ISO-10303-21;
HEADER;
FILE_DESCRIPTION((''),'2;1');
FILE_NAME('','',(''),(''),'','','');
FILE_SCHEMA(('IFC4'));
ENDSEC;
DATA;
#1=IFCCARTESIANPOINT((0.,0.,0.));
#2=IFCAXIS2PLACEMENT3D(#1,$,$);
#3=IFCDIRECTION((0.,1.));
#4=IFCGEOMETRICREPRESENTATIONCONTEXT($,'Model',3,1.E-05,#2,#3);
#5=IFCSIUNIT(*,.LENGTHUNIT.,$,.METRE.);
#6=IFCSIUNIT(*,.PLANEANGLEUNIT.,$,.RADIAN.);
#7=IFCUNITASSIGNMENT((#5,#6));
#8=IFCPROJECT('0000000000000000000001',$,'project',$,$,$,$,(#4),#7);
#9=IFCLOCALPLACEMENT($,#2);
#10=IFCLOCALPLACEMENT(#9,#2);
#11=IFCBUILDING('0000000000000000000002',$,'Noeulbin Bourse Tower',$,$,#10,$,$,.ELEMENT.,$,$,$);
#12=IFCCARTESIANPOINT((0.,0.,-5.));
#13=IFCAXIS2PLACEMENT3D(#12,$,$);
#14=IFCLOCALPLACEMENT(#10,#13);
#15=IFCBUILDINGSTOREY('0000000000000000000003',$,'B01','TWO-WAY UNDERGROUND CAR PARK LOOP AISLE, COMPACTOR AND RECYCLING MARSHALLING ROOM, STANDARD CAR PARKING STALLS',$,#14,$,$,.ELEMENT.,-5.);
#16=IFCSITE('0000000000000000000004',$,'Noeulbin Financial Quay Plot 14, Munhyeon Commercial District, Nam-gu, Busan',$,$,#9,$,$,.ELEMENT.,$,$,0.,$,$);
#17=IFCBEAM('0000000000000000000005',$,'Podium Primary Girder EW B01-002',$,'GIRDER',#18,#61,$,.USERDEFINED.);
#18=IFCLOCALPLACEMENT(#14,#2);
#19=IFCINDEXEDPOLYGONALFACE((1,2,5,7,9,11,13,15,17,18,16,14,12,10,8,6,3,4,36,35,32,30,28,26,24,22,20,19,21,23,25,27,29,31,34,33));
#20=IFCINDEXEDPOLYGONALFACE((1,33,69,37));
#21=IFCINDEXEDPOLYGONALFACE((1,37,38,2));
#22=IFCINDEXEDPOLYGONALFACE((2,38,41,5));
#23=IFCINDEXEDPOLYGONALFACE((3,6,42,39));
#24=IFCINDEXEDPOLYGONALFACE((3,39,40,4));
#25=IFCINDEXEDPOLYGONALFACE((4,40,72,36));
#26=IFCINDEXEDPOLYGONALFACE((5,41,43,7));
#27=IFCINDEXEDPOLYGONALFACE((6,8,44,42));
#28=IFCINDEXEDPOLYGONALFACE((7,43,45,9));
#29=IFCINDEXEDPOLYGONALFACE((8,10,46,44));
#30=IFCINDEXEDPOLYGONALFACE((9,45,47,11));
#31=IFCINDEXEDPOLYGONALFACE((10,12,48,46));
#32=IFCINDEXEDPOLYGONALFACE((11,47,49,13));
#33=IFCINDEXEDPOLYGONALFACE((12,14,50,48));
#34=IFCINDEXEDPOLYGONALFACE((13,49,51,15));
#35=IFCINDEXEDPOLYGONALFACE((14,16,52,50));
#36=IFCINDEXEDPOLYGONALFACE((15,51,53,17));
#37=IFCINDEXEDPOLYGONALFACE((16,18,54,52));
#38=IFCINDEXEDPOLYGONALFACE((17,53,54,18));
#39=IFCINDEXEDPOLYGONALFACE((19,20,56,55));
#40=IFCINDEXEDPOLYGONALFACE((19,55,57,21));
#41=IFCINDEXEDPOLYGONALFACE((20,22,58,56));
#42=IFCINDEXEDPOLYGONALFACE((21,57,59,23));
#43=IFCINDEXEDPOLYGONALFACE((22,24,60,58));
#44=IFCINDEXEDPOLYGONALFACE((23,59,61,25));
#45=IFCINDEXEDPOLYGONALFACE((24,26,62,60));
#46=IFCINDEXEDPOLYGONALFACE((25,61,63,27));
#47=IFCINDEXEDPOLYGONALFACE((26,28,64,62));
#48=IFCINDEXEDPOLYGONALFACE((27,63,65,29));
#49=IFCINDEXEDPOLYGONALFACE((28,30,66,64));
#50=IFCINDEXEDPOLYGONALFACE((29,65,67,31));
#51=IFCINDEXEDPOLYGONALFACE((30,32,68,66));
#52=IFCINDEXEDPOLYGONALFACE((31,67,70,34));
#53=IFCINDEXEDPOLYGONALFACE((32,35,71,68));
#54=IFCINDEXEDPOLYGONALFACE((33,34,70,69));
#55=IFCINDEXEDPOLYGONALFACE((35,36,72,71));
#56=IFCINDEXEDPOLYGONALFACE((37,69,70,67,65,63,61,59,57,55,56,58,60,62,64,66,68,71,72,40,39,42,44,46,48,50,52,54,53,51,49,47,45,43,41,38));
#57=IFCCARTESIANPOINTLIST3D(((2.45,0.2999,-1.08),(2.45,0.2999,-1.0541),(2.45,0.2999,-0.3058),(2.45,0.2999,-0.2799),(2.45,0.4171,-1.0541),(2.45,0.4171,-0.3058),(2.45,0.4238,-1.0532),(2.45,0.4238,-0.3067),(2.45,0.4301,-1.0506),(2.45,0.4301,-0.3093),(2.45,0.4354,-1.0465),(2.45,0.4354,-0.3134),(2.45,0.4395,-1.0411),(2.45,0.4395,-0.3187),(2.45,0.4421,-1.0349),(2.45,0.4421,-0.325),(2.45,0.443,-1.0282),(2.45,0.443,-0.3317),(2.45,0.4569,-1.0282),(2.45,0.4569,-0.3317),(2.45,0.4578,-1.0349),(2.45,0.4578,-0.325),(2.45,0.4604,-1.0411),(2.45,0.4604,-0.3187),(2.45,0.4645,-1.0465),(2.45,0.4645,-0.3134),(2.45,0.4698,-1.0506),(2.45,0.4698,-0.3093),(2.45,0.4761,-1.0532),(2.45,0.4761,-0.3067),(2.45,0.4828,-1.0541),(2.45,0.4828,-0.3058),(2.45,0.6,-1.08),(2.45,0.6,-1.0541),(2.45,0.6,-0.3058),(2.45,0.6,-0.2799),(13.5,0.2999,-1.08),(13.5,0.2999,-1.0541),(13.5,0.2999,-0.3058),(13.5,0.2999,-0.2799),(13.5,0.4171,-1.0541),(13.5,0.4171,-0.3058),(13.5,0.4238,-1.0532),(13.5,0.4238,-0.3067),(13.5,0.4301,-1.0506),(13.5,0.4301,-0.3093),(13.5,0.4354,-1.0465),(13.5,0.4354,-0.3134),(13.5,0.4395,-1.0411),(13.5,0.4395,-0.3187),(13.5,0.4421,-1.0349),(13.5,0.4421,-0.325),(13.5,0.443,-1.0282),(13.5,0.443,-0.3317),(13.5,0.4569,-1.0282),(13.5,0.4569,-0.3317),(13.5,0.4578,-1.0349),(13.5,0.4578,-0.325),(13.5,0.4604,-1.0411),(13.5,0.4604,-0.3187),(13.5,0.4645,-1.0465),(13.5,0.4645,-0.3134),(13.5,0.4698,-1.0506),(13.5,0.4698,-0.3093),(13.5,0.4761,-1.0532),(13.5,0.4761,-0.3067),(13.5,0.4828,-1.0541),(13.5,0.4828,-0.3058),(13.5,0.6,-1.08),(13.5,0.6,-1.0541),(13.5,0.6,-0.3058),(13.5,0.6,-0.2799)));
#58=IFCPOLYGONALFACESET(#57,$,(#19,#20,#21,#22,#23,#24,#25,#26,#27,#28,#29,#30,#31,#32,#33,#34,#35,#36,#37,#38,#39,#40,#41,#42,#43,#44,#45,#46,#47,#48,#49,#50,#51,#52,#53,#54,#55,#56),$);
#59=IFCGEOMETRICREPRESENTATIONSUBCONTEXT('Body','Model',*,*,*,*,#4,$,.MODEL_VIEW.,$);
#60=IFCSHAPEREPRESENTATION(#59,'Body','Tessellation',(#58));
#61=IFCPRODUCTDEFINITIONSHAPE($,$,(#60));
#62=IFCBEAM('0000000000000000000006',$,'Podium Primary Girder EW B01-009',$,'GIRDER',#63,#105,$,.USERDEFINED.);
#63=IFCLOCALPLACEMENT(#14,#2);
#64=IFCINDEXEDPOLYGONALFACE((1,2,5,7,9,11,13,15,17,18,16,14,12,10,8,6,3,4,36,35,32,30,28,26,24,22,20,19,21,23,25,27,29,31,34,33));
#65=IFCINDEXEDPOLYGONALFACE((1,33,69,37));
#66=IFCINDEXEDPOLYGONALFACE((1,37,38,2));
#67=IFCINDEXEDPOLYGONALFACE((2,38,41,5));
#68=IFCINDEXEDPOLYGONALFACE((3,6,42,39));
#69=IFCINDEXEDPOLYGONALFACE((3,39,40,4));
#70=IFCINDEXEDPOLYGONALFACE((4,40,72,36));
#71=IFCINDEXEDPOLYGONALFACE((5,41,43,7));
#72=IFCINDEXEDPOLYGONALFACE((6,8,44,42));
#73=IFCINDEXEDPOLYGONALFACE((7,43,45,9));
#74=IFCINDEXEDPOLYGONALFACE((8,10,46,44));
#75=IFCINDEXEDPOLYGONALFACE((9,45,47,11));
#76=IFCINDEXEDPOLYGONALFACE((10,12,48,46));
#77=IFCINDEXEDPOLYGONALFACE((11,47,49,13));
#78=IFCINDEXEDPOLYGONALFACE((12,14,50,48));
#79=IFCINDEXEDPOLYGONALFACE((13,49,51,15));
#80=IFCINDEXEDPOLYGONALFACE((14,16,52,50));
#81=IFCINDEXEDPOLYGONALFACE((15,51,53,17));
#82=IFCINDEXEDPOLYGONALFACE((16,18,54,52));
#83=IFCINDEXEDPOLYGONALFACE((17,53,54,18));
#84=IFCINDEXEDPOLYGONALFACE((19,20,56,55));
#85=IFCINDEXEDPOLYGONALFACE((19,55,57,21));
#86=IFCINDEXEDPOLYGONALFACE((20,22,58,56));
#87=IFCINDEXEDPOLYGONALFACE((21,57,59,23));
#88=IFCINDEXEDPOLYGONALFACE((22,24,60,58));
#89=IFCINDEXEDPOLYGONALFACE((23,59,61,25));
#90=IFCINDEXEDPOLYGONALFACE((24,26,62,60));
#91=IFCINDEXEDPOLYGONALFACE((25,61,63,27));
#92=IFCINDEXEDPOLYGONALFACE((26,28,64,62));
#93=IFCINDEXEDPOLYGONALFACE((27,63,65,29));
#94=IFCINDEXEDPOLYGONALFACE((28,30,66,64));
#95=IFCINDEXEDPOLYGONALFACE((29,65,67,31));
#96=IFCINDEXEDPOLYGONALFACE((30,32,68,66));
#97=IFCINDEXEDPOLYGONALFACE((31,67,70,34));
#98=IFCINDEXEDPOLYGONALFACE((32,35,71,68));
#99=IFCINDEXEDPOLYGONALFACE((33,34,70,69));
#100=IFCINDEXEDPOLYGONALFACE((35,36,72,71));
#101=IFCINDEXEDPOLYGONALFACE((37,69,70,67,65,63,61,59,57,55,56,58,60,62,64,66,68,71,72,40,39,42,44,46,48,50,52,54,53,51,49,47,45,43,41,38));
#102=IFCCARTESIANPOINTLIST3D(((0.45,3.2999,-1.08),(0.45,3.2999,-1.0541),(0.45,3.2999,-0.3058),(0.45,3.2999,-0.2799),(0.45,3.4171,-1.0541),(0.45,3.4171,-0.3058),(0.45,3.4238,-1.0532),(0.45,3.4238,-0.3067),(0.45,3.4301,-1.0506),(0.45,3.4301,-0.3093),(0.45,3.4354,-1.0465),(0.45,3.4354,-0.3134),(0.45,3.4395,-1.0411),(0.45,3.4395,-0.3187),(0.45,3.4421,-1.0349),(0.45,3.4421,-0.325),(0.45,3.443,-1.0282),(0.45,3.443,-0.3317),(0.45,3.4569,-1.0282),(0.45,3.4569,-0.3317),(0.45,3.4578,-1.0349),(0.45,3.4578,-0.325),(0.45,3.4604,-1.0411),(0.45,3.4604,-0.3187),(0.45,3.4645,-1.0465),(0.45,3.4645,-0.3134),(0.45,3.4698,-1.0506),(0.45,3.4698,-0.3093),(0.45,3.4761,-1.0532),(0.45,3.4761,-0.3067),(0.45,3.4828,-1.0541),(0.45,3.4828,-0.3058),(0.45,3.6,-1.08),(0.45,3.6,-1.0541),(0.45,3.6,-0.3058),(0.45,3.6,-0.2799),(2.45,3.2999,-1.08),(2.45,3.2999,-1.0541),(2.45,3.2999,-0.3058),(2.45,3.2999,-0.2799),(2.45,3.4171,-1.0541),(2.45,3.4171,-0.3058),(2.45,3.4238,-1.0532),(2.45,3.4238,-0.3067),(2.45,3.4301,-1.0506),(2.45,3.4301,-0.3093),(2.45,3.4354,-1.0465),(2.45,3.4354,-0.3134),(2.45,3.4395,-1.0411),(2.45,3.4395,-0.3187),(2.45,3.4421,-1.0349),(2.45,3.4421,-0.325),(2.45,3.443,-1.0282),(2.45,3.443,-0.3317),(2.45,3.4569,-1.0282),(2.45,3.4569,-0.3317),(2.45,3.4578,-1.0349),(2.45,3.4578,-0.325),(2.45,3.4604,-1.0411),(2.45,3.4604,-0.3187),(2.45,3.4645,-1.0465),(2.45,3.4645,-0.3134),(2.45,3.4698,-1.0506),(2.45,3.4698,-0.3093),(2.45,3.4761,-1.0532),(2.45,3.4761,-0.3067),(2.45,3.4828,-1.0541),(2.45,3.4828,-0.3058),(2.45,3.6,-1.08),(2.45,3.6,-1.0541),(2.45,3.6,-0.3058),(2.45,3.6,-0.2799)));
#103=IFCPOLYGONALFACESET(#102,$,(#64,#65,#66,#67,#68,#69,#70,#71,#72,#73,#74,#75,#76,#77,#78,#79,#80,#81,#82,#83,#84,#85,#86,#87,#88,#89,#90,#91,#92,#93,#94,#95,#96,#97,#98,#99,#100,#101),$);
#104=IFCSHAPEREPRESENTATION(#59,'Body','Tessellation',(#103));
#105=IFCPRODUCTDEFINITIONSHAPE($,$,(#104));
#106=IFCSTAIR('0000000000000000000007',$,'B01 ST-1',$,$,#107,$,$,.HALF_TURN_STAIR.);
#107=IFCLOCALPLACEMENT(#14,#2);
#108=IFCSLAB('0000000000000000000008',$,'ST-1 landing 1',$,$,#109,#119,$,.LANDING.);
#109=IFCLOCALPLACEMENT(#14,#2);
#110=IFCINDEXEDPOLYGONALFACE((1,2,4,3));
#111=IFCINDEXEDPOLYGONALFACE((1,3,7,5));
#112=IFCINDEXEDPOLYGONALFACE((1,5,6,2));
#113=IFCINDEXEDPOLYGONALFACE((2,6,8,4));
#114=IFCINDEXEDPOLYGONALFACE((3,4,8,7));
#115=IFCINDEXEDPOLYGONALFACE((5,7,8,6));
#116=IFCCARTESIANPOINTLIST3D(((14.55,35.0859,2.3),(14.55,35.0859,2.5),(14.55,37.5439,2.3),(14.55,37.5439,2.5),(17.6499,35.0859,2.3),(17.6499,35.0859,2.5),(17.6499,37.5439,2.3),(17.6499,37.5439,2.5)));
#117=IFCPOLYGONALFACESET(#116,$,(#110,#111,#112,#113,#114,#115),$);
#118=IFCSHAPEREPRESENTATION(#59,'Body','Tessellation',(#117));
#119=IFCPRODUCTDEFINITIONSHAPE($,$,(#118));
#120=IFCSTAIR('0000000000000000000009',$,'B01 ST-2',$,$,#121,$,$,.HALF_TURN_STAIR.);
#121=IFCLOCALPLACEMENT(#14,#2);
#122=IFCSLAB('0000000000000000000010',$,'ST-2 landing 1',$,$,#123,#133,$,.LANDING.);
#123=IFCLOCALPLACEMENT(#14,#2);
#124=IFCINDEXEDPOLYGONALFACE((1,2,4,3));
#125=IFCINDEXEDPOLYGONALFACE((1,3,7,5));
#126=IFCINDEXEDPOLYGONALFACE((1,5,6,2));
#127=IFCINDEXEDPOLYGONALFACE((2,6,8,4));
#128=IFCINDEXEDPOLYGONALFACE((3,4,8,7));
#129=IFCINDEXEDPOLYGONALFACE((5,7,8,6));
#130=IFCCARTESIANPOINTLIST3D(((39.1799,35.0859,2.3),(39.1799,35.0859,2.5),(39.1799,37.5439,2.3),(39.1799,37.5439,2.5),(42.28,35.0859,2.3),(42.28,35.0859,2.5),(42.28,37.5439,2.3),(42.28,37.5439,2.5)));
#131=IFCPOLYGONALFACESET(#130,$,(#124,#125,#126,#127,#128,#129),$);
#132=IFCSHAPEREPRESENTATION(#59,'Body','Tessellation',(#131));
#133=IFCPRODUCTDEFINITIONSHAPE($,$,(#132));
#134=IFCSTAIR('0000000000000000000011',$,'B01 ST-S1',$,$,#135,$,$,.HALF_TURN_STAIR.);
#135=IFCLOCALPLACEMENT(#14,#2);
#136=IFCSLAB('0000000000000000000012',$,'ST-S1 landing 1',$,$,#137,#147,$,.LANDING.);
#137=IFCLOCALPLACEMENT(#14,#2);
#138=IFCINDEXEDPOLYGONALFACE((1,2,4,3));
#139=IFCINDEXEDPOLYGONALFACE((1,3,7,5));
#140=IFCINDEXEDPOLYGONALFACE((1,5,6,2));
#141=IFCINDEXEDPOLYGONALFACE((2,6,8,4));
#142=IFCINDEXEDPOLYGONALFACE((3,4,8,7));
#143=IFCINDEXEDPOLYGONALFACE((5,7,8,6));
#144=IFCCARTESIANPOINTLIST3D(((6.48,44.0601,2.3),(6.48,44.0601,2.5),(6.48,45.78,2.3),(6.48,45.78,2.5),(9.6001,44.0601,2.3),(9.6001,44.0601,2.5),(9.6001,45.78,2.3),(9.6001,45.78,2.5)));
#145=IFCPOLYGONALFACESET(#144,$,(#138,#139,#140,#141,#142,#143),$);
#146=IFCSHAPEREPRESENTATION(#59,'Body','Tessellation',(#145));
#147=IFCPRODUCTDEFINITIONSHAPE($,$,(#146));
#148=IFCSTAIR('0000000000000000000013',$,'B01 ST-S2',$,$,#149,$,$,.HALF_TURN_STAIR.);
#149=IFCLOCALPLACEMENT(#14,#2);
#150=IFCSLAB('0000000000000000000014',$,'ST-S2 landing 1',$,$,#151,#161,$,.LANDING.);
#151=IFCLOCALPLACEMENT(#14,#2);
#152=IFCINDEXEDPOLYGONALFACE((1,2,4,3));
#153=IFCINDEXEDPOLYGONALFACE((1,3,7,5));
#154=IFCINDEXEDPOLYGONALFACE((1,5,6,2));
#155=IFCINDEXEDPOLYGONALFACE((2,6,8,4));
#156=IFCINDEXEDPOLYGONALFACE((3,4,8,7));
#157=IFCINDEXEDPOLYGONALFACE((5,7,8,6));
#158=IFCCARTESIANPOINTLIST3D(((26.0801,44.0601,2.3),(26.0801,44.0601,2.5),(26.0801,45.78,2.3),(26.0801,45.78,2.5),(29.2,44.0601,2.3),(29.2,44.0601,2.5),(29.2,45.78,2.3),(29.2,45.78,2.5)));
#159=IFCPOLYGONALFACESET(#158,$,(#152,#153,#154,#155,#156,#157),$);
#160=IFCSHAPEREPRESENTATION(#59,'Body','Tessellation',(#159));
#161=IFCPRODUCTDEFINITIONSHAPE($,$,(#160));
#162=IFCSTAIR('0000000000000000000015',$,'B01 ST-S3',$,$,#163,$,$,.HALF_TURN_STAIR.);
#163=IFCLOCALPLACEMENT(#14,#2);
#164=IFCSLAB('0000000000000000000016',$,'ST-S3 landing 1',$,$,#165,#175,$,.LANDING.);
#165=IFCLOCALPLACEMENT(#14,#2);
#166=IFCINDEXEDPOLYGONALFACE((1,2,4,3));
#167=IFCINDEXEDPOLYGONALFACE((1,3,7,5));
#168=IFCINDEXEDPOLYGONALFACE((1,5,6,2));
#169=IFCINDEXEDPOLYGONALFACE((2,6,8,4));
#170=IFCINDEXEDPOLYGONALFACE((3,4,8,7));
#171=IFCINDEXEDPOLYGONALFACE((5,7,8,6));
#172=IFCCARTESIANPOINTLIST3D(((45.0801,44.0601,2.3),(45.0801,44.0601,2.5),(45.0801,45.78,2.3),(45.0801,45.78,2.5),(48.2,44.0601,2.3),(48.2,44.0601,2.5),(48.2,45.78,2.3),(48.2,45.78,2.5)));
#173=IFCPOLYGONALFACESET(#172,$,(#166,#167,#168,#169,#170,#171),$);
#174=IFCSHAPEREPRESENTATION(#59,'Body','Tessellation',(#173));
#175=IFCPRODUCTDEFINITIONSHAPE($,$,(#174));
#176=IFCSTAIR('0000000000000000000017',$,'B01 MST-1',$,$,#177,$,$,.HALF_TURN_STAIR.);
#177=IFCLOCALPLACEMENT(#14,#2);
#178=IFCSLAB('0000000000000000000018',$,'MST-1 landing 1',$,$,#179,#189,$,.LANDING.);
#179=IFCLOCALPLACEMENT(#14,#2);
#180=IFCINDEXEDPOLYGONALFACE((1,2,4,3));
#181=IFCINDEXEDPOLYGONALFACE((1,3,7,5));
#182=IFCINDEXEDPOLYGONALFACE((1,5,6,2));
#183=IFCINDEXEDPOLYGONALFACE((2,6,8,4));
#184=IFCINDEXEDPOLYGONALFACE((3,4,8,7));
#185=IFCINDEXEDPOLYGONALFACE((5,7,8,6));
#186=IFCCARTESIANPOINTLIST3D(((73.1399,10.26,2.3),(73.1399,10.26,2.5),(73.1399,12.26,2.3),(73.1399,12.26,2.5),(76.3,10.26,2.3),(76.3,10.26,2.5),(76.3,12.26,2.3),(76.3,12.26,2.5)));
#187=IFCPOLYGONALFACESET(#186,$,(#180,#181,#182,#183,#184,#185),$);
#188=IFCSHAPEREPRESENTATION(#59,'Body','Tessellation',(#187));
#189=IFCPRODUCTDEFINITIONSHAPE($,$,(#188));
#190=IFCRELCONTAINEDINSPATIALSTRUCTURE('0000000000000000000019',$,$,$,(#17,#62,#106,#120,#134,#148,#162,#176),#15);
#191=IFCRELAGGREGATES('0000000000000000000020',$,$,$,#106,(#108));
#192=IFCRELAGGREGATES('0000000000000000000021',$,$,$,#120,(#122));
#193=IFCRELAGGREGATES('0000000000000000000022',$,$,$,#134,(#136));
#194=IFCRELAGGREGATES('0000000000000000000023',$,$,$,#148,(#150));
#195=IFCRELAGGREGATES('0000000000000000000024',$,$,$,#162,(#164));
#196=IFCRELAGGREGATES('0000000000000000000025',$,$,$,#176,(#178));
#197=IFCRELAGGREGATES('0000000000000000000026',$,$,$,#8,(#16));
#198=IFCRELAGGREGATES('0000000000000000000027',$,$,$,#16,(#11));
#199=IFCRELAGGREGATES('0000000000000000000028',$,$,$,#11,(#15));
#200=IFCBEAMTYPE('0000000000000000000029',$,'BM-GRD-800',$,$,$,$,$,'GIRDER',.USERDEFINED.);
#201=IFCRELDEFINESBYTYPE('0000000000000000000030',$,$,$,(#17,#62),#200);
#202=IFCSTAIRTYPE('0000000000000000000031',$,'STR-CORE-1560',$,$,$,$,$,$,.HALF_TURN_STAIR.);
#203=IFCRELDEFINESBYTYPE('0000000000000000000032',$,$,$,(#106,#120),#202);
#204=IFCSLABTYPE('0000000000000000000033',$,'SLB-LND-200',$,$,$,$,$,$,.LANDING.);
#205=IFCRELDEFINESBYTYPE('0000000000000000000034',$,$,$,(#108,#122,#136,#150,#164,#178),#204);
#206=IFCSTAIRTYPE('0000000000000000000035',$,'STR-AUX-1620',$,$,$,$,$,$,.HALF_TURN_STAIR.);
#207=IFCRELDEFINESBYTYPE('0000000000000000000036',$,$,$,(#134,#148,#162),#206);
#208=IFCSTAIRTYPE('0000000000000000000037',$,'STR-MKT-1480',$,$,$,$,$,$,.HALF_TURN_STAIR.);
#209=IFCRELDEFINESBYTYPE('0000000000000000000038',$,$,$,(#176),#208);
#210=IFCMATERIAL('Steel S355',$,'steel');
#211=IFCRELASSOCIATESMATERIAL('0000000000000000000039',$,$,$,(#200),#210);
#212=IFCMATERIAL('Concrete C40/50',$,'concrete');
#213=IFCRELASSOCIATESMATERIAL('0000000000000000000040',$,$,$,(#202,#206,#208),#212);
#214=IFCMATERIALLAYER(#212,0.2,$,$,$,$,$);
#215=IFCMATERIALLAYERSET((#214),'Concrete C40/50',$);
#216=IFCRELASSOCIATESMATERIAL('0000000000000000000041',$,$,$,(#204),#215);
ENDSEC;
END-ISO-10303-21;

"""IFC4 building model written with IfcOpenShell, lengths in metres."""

from ifc_helpers import new_model, si_unit, direction, frame, origin, origin_2d, place, context, subcontext, project, spatial, polyline, i_section, outline, extrude, material, layer, layer_set, material_profile, profile_set, type_object, element, aggregate, save


model = new_model("IFC4")

# Units and contexts
model_context = context("Model", 3, precision=1e-05, world=origin(), true_north=direction((0.0, 1.0)))
body_context = subcontext(model_context, "Body", "Model", "MODEL_VIEW")
ifc_project = project(units=[si_unit("LENGTHUNIT", "METRE"), si_unit("PLANEANGLEUNIT", "RADIAN")], contexts=[model_context])

# Site, building, storey
site_placement = place(None, origin())
site = spatial("IfcSite", under=ifc_project, at=site_placement, Name="Noeulbin Financial Quay Plot 14, Munhyeon Commercial District, Nam-gu, Busan", CompositionType="ELEMENT", RefElevation=0.0)
building_placement = place(site_placement, origin())
building = spatial("IfcBuilding", under=site, at=building_placement, Name="Noeulbin Bourse Tower", CompositionType="ELEMENT")
storey_placement = place(building_placement, frame((0.0, 0.0, -5.0)))
storey = spatial("IfcBuildingStorey", under=building, at=storey_placement, Name="B01", Description="TWO-WAY UNDERGROUND CAR PARK LOOP AISLE, COMPACTOR AND RECYCLING MARSHALLING ROOM, STANDARD CAR PARKING STALLS", CompositionType="ELEMENT", Elevation=-5.0)

# Beams
ifc_material_1 = material(Name="Steel S355", Category="steel")
ifc_material_profile_1 = material_profile(ifc_material_1, i_section(OverallWidth=0.3, OverallDepth=0.8, WebThickness=0.0139, FlangeThickness=0.0259, FilletRadius=0.0259, at=origin_2d()), Name="H-800x300x14x26", Category="LoadBearing")
ifc_profile_set_1 = profile_set([ifc_material_profile_1], Name="Steel S355")
beam_type_1 = type_object("IfcBeamType", Name="BM-GRD-800", ElementType="GIRDER", PredefinedType="USERDEFINED", material=ifc_profile_set_1)
beam_1_placement = place(storey_placement, frame((2.45, 0.45, -0.6799), z_axis=(1.0, 0.0, 0.0), x_axis=(0.0, 1.0, 0.0)))
element("IfcBeam", 1, at=beam_1_placement, inside=storey, type_object=beam_type_1, Name="Podium Primary Girder EW B01-002", ObjectType="GIRDER", PredefinedType="USERDEFINED", context=body_context, shape_type="SweptSolid", body=[
    extrude(i_section(OverallWidth=0.3, OverallDepth=0.8, WebThickness=0.0139, FlangeThickness=0.0259, FilletRadius=0.0259, at=origin_2d()), origin(), (0.0, 0.0, 1.0), 11.05),
])
beam_2_placement = place(storey_placement, frame((0.45, 3.45, -0.6799), z_axis=(1.0, 0.0, 0.0), x_axis=(0.0, 1.0, 0.0)))
element("IfcBeam", 2, at=beam_2_placement, inside=storey, type_object=beam_type_1, Name="Podium Primary Girder EW B01-009", ObjectType="GIRDER", PredefinedType="USERDEFINED", context=body_context, shape_type="SweptSolid", body=[
    extrude(i_section(OverallWidth=0.3, OverallDepth=0.8, WebThickness=0.0139, FlangeThickness=0.0259, FilletRadius=0.0259, at=origin_2d()), origin(), (0.0, 0.0, 1.0), 2.0),
])

# Stairs, slabs
ifc_material_2 = material(Name="Concrete C40/50", Category="concrete")
stair_type_1 = type_object("IfcStairType", Name="STR-CORE-1560", PredefinedType="HALF_TURN_STAIR", material=ifc_material_2)
stair_1_placement = place(storey_placement, origin())
stair_1 = element("IfcStair", 3, at=stair_1_placement, inside=storey, type_object=stair_type_1, Name="B01 ST-1", PredefinedType="HALF_TURN_STAIR")
ifc_layer_1 = layer(ifc_material_2, 0.2)
ifc_layer_set_1 = layer_set([ifc_layer_1], Name="Concrete C40/50")
slab_type_1 = type_object("IfcSlabType", Name="SLB-LND-200", PredefinedType="LANDING", material=ifc_layer_set_1)
slab_1_placement = place(storey_placement, frame((0.0, 0.0, 2.3)))
slab_1 = element("IfcSlab", 4, at=slab_1_placement, type_object=slab_type_1, Name="ST-1 landing 1", PredefinedType="LANDING", context=body_context, shape_type="SweptSolid", body=[
    extrude(outline(polyline([(17.6499, 35.0859), (17.6499, 37.5439), (14.55, 37.5439), (14.55, 35.0859), (17.6499, 35.0859)])), origin(), (0.0, 0.0, 1.0), 0.2),
])
aggregate(stair_1, [slab_1])
stair_2_placement = place(storey_placement, origin())
stair_2 = element("IfcStair", 5, at=stair_2_placement, inside=storey, type_object=stair_type_1, Name="B01 ST-2", PredefinedType="HALF_TURN_STAIR")
slab_2_placement = place(storey_placement, frame((0.0, 0.0, 2.3)))
slab_2 = element("IfcSlab", 6, at=slab_2_placement, type_object=slab_type_1, Name="ST-2 landing 1", PredefinedType="LANDING", context=body_context, shape_type="SweptSolid", body=[
    extrude(outline(polyline([(42.28, 35.0859), (42.28, 37.5439), (39.1799, 37.5439), (39.1799, 35.0859), (42.28, 35.0859)])), origin(), (0.0, 0.0, 1.0), 0.2),
])
aggregate(stair_2, [slab_2])
stair_type_2 = type_object("IfcStairType", Name="STR-AUX-1620", PredefinedType="HALF_TURN_STAIR", material=ifc_material_2)
stair_3_placement = place(storey_placement, origin())
stair_3 = element("IfcStair", 7, at=stair_3_placement, inside=storey, type_object=stair_type_2, Name="B01 ST-S1", PredefinedType="HALF_TURN_STAIR")
slab_3_placement = place(storey_placement, frame((0.0, 0.0, 2.3)))
slab_3 = element("IfcSlab", 8, at=slab_3_placement, type_object=slab_type_1, Name="ST-S1 landing 1", PredefinedType="LANDING", context=body_context, shape_type="SweptSolid", body=[
    extrude(outline(polyline([(9.6001, 44.0601), (9.6001, 45.78), (6.48, 45.78), (6.48, 44.0601), (9.6001, 44.0601)])), origin(), (0.0, 0.0, 1.0), 0.2),
])
aggregate(stair_3, [slab_3])
stair_4_placement = place(storey_placement, origin())
stair_4 = element("IfcStair", 9, at=stair_4_placement, inside=storey, type_object=stair_type_2, Name="B01 ST-S2", PredefinedType="HALF_TURN_STAIR")
slab_4_placement = place(storey_placement, frame((0.0, 0.0, 2.3)))
slab_4 = element("IfcSlab", 10, at=slab_4_placement, type_object=slab_type_1, Name="ST-S2 landing 1", PredefinedType="LANDING", context=body_context, shape_type="SweptSolid", body=[
    extrude(outline(polyline([(29.2, 44.0601), (29.2, 45.78), (26.0801, 45.78), (26.0801, 44.0601), (29.2, 44.0601)])), origin(), (0.0, 0.0, 1.0), 0.2),
])
aggregate(stair_4, [slab_4])
stair_5_placement = place(storey_placement, origin())
stair_5 = element("IfcStair", 11, at=stair_5_placement, inside=storey, type_object=stair_type_2, Name="B01 ST-S3", PredefinedType="HALF_TURN_STAIR")
slab_5_placement = place(storey_placement, frame((0.0, 0.0, 2.3)))
slab_5 = element("IfcSlab", 12, at=slab_5_placement, type_object=slab_type_1, Name="ST-S3 landing 1", PredefinedType="LANDING", context=body_context, shape_type="SweptSolid", body=[
    extrude(outline(polyline([(48.2, 44.0601), (48.2, 45.78), (45.0801, 45.78), (45.0801, 44.0601), (48.2, 44.0601)])), origin(), (0.0, 0.0, 1.0), 0.2),
])
aggregate(stair_5, [slab_5])
stair_type_3 = type_object("IfcStairType", Name="STR-MKT-1480", PredefinedType="HALF_TURN_STAIR", material=ifc_material_2)
stair_6_placement = place(storey_placement, origin())
stair_6 = element("IfcStair", 13, at=stair_6_placement, inside=storey, type_object=stair_type_3, Name="B01 MST-1", PredefinedType="HALF_TURN_STAIR")
slab_6_placement = place(storey_placement, frame((0.0, 0.0, 2.3)))
slab_6 = element("IfcSlab", 14, at=slab_6_placement, type_object=slab_type_1, Name="MST-1 landing 1", PredefinedType="LANDING", context=body_context, shape_type="SweptSolid", body=[
    extrude(outline(polyline([(76.3, 10.26), (76.3, 12.26), (73.1399, 12.26), (73.1399, 10.26), (76.3, 10.26)])), origin(), (0.0, 0.0, 1.0), 0.2),
])
aggregate(stair_6, [slab_6])

save(model, "model.ifc")
